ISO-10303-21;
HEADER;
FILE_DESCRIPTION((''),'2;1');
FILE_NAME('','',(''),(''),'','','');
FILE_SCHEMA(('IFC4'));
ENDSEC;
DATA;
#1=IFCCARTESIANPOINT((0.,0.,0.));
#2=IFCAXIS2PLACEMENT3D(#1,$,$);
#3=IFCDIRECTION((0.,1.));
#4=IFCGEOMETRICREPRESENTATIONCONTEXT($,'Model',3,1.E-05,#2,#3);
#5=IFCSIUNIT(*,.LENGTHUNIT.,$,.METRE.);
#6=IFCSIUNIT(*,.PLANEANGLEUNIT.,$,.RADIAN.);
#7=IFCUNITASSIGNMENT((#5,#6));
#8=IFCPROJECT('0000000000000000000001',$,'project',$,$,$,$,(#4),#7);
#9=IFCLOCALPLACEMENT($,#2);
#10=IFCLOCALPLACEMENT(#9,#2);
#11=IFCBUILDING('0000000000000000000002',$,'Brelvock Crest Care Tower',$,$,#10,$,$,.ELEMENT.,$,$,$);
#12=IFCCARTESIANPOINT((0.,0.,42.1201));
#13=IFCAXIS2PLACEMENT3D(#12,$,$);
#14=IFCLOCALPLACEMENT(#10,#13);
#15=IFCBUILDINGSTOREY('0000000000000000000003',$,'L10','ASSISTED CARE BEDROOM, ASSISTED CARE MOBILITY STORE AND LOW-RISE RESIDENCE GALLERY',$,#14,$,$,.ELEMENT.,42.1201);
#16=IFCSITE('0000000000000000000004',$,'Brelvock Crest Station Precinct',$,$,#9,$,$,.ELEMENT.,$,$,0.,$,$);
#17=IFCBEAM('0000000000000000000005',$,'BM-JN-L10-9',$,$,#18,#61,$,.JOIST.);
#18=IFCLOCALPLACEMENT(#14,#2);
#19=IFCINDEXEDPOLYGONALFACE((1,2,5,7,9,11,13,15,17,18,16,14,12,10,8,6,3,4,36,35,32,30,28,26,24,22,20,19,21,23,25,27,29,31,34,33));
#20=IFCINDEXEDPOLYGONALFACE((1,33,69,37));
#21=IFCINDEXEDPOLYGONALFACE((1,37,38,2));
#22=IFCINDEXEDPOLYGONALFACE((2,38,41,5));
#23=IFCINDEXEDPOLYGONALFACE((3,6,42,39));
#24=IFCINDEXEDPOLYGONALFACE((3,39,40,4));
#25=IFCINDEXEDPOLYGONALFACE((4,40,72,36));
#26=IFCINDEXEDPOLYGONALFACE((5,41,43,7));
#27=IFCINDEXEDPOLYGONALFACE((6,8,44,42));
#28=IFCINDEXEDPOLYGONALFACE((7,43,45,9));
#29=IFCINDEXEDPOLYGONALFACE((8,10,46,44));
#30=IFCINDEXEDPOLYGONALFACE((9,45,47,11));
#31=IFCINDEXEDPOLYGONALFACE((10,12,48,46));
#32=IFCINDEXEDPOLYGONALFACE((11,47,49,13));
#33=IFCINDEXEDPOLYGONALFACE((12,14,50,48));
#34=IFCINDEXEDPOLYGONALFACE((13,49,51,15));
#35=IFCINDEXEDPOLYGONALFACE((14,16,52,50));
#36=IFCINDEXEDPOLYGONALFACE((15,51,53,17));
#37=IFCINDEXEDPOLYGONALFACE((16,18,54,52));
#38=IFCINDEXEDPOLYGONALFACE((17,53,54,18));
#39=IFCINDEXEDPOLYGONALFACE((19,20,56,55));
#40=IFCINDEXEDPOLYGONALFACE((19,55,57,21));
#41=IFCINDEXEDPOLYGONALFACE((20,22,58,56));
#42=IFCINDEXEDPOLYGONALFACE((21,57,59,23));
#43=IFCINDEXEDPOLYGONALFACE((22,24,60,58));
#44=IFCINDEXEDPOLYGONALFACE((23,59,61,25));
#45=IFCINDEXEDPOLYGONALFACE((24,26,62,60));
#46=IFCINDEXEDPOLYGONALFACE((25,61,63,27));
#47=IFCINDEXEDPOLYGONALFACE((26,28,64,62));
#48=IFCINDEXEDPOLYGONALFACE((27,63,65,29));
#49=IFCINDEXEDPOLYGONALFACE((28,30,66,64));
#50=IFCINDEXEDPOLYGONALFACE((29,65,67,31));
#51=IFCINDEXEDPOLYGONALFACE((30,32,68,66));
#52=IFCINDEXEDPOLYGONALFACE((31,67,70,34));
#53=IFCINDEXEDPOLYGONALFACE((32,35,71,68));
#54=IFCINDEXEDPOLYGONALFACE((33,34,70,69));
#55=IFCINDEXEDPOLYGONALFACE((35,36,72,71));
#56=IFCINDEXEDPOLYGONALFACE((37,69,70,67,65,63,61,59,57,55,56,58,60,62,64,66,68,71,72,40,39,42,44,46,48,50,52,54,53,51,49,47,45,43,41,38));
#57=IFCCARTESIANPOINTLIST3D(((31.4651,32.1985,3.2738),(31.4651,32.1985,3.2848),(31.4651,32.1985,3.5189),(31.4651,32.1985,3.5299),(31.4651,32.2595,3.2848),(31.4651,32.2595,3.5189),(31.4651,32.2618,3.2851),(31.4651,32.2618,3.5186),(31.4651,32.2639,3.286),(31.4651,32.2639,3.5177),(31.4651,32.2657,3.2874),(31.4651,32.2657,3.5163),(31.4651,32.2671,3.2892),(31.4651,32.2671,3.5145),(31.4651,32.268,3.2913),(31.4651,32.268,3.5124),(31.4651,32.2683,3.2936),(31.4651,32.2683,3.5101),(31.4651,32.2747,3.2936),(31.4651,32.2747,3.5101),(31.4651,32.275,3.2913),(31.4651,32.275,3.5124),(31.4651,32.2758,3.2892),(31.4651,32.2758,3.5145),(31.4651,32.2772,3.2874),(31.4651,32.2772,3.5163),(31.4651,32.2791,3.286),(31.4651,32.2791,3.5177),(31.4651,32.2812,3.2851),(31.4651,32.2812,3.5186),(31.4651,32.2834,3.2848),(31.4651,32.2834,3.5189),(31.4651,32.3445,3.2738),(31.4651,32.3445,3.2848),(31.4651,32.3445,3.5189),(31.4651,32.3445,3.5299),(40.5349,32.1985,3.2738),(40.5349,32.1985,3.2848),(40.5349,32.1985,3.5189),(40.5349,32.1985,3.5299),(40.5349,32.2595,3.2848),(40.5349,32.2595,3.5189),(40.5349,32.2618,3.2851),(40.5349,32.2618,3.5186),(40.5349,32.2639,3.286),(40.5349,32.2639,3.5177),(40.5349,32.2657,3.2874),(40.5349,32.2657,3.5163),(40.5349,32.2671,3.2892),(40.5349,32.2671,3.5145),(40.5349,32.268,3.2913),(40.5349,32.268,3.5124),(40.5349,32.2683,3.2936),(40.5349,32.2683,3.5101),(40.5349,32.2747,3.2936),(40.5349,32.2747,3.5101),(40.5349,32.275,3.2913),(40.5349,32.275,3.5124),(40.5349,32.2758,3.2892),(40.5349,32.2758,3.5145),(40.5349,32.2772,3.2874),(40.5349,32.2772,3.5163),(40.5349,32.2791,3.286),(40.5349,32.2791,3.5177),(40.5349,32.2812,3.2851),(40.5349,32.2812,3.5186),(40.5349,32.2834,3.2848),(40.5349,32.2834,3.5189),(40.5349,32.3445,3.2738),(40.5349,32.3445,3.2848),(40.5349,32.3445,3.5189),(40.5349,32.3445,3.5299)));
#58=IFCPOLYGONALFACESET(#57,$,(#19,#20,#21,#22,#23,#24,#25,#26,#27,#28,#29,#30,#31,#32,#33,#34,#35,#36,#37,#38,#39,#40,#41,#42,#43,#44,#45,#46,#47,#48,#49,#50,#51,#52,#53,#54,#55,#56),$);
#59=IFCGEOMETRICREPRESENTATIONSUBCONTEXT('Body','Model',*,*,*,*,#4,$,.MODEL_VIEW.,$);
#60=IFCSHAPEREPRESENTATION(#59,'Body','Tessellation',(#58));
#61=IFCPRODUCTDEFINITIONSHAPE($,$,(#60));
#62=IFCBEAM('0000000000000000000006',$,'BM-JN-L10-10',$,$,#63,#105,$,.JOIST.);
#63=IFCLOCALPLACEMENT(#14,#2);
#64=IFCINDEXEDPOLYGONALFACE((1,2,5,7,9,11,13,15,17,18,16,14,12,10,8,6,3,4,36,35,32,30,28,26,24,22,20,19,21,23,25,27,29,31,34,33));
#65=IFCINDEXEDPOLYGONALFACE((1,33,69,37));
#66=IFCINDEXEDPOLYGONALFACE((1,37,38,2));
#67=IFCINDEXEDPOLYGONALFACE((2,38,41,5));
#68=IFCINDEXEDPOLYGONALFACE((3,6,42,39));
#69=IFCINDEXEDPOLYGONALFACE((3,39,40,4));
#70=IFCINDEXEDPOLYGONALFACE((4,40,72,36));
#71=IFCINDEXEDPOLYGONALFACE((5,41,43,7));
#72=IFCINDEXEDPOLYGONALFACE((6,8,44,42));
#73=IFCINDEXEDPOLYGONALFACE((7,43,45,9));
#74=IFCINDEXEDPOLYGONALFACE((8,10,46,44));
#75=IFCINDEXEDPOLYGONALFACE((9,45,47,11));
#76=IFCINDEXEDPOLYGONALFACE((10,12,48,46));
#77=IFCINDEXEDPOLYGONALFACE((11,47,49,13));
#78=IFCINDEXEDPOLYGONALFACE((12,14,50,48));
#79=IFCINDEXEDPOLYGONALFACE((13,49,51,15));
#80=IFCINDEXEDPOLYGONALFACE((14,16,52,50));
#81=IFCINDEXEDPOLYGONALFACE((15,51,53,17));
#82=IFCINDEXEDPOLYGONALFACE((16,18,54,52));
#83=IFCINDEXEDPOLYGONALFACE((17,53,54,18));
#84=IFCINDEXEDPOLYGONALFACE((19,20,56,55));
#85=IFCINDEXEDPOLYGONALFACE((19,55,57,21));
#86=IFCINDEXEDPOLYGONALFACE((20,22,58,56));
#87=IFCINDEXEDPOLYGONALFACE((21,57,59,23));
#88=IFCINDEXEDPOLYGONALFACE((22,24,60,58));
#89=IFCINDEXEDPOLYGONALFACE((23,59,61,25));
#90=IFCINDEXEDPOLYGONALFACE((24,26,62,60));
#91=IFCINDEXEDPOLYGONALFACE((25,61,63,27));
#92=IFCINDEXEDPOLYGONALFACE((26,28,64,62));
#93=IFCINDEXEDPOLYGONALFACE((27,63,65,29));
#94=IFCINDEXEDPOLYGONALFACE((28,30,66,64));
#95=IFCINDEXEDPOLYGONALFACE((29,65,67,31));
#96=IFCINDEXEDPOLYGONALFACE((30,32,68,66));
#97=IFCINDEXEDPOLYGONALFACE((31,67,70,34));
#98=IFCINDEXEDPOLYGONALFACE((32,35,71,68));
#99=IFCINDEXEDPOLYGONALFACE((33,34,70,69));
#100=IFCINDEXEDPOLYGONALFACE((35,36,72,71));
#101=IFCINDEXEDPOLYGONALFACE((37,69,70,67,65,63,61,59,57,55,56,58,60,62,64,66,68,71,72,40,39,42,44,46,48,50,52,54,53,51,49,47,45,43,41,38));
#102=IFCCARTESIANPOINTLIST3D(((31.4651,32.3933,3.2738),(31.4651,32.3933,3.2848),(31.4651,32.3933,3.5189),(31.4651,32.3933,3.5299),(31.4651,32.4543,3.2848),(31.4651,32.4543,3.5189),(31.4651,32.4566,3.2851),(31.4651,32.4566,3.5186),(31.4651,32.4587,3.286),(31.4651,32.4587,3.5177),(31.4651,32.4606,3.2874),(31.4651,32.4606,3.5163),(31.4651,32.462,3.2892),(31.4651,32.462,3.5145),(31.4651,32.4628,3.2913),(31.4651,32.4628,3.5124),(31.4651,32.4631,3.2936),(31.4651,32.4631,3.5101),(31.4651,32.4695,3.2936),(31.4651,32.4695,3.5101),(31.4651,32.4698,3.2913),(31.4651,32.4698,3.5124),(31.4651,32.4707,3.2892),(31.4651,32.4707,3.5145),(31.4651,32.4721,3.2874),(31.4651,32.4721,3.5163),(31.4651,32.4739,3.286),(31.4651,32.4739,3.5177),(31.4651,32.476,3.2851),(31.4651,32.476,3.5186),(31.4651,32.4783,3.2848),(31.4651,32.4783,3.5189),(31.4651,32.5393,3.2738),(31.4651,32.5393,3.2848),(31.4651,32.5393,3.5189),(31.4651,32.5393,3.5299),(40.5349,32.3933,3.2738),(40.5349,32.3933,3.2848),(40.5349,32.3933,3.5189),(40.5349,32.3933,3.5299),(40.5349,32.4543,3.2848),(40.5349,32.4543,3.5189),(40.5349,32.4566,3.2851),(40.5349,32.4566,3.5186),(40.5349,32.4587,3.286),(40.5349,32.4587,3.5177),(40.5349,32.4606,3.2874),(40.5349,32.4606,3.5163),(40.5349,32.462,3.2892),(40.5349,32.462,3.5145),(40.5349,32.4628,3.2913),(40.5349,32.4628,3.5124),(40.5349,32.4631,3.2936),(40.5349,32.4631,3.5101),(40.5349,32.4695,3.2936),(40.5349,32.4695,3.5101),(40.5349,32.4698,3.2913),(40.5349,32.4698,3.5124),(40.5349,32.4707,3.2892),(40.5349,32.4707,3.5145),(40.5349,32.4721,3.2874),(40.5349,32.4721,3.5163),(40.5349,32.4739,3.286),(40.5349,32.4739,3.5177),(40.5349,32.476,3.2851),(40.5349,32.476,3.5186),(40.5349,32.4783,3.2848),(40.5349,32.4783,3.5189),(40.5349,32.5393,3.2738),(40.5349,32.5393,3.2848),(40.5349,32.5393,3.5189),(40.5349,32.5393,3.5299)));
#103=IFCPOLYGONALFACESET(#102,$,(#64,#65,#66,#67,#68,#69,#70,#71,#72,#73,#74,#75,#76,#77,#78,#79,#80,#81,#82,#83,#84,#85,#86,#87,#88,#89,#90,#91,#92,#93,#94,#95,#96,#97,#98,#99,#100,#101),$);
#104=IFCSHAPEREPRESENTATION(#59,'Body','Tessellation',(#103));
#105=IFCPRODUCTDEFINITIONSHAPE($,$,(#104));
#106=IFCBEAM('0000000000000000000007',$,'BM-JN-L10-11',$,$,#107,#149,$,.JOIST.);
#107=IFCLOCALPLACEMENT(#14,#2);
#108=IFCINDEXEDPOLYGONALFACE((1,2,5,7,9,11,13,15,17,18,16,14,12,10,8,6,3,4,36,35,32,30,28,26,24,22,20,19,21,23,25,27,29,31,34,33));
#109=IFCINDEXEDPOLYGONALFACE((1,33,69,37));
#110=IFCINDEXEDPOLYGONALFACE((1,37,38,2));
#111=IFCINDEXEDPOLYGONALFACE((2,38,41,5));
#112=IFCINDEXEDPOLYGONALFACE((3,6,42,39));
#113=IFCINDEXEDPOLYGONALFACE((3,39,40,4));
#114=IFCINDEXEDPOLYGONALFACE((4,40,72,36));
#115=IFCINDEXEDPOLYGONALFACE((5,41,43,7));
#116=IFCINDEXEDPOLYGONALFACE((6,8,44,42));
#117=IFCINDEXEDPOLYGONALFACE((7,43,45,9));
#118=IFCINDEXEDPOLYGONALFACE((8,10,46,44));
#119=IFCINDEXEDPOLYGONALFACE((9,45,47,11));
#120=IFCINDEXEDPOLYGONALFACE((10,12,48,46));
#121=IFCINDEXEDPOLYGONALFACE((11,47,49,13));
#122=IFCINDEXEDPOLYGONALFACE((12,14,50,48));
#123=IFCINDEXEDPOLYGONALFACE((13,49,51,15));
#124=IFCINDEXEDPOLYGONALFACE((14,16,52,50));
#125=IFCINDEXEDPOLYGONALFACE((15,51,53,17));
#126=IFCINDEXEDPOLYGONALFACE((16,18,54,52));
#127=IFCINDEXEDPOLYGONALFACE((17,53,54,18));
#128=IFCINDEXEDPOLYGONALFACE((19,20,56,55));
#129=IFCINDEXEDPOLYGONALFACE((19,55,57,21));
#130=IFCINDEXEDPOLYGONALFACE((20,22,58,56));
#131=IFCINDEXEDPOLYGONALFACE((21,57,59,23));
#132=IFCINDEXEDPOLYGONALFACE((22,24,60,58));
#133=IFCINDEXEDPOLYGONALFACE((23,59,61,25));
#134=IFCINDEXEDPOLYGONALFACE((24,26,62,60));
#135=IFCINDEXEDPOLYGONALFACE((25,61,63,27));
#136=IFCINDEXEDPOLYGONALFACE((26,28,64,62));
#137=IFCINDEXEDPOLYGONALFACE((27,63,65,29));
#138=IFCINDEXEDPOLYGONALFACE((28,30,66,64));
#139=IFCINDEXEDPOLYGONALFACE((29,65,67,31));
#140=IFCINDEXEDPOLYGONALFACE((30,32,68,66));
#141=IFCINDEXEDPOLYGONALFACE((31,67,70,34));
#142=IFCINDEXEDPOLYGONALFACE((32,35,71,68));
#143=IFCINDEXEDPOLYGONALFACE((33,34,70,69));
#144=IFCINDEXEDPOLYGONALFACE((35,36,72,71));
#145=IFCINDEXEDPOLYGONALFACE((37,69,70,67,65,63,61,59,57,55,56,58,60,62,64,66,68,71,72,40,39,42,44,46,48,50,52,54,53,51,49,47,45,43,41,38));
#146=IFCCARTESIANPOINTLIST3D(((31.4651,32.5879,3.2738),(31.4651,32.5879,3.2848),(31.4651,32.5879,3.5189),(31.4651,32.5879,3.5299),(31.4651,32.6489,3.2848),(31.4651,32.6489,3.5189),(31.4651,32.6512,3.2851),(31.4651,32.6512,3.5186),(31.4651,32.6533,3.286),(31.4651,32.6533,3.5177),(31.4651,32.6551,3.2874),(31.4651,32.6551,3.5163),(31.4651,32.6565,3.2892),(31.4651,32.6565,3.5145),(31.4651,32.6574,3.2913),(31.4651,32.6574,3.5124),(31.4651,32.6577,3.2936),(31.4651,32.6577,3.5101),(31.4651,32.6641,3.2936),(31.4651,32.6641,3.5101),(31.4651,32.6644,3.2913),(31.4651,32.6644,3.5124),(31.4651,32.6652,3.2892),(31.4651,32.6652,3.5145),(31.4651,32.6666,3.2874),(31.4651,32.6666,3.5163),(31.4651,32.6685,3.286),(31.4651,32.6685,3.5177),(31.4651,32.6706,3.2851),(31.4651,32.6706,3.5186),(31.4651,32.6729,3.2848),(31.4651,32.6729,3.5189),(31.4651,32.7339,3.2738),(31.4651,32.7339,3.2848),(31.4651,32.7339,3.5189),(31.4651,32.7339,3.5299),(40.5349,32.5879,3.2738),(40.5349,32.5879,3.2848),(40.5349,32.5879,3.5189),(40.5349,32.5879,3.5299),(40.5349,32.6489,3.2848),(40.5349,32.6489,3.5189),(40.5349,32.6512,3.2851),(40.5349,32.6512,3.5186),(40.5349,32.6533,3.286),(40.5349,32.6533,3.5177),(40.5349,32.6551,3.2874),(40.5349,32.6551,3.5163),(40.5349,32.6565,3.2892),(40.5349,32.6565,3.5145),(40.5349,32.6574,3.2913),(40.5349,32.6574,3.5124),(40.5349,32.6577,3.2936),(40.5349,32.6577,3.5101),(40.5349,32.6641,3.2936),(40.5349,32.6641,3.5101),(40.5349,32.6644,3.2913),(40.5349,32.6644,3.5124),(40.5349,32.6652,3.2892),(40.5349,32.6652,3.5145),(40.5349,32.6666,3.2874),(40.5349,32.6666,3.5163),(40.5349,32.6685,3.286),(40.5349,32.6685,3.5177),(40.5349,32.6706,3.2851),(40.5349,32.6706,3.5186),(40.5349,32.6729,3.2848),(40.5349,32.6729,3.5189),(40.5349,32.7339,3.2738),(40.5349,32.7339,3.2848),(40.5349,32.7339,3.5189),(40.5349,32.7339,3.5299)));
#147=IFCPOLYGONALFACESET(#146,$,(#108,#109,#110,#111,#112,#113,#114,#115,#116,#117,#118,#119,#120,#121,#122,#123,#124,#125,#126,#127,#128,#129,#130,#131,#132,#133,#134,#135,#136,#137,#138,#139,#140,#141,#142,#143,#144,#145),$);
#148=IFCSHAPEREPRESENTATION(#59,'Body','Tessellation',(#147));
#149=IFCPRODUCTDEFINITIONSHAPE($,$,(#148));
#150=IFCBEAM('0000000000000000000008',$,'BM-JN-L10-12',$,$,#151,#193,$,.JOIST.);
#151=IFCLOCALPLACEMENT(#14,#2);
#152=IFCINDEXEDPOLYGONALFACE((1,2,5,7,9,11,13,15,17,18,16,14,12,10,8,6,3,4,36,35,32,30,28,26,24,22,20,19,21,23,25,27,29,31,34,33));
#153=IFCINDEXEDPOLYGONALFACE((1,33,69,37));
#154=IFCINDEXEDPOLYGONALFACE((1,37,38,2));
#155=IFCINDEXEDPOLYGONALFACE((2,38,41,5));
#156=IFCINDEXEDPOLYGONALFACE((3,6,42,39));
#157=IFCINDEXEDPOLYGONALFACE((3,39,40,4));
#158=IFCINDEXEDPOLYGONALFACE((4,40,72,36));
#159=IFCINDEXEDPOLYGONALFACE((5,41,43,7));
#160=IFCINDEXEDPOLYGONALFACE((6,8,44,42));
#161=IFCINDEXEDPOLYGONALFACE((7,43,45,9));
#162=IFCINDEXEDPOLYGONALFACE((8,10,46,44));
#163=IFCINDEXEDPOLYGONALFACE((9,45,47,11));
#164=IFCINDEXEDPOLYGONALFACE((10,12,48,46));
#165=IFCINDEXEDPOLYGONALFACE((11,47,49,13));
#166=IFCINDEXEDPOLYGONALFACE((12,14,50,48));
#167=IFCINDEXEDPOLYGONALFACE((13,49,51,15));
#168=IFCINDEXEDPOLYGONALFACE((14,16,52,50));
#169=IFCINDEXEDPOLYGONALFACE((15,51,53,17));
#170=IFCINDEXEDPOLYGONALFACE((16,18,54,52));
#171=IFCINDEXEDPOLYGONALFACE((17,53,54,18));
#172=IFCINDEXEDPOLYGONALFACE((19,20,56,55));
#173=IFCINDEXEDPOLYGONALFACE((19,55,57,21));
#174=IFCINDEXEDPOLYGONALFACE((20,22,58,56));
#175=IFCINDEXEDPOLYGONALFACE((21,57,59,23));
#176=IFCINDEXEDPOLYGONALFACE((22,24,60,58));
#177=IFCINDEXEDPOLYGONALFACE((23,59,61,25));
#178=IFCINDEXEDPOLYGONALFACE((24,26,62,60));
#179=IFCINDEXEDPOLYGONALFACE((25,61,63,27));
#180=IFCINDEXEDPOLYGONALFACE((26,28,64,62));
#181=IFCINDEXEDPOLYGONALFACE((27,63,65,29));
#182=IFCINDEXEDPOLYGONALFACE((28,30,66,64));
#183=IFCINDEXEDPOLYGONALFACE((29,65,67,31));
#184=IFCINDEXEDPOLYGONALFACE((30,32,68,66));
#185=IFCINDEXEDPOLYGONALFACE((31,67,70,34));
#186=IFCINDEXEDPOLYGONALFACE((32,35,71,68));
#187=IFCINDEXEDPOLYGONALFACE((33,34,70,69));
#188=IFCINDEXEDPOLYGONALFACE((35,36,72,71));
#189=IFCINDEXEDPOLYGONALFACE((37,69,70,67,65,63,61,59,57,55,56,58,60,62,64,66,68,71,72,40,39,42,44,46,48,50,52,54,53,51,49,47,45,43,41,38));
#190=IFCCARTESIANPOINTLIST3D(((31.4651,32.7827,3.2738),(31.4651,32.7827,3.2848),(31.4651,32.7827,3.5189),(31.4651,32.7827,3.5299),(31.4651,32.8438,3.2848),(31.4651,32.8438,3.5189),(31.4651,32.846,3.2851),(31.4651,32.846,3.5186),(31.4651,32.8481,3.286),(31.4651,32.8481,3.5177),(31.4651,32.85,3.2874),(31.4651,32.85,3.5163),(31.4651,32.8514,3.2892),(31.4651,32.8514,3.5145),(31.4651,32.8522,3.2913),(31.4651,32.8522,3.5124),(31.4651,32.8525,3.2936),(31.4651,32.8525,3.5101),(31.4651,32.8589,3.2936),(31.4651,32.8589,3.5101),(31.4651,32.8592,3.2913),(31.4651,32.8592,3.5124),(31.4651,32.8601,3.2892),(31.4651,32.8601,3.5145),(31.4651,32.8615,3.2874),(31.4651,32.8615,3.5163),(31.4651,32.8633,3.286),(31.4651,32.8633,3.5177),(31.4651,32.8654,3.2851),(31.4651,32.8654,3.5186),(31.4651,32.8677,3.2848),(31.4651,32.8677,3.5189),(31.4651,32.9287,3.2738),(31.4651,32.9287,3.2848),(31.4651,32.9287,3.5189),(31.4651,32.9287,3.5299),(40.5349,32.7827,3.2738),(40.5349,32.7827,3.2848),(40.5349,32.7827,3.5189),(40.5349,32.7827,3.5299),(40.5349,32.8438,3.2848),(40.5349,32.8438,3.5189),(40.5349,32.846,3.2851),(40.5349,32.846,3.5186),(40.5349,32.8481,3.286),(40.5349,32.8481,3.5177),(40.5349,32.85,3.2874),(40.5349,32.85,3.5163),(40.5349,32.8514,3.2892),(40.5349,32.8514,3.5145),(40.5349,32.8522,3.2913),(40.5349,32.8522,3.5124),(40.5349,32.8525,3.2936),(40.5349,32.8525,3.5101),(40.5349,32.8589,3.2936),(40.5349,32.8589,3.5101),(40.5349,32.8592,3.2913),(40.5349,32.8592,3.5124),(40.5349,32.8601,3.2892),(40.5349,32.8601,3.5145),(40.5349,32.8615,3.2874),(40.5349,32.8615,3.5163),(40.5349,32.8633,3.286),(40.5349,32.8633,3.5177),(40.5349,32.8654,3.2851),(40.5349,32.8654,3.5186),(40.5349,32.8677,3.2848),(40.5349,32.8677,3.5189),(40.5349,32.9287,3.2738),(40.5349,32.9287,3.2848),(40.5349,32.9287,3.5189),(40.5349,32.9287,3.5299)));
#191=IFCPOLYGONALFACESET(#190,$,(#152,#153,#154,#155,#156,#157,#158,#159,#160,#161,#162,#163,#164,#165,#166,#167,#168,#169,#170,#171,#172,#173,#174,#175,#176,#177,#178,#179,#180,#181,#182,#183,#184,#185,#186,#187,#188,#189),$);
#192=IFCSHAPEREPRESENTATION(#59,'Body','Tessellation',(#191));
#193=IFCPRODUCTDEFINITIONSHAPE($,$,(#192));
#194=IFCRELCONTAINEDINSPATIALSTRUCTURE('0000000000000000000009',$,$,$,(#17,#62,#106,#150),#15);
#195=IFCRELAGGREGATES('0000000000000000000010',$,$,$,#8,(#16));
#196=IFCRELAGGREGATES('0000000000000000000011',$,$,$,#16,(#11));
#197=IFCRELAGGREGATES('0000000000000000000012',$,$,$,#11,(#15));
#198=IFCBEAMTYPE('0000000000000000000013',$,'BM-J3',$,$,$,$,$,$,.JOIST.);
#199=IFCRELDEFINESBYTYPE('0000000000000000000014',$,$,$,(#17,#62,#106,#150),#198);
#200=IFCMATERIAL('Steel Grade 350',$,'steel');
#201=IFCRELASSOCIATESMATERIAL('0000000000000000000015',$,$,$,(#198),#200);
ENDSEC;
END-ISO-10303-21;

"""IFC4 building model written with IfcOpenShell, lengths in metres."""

from ifc_helpers import new_model, si_unit, direction, frame, origin, origin_2d, place, context, subcontext, project, spatial, i_section, extrude, source, transform, mapped, material, material_profile, profile_set, type_object, element, save


model = new_model("IFC4")

# Units and contexts
model_context = context("Model", 3, precision=1e-05, world=origin(), true_north=direction((0.0, 1.0)))
body_context = subcontext(model_context, "Body", "Model", "MODEL_VIEW")
ifc_project = project(units=[si_unit("LENGTHUNIT", "METRE"), si_unit("PLANEANGLEUNIT", "RADIAN")], contexts=[model_context])

# Site, building, storey
site_placement = place(None, origin())
site = spatial("IfcSite", under=ifc_project, at=site_placement, Name="Brelvock Crest Station Precinct", CompositionType="ELEMENT", RefElevation=0.0)
building_placement = place(site_placement, origin())
building = spatial("IfcBuilding", under=site, at=building_placement, Name="Brelvock Crest Care Tower", CompositionType="ELEMENT")
storey_placement = place(building_placement, frame((0.0, 0.0, 42.1201)))
storey = spatial("IfcBuildingStorey", under=building, at=storey_placement, Name="L10", Description="ASSISTED CARE BEDROOM, ASSISTED CARE MOBILITY STORE AND LOW-RISE RESIDENCE GALLERY", CompositionType="ELEMENT", Elevation=42.1201)

# Shared definitions
ifc_material_1 = material(Name="Steel Grade 350", Category="steel")

# Beams
ifc_material_profile_1 = material_profile(ifc_material_1, i_section(OverallWidth=0.146, OverallDepth=0.2561, WebThickness=0.0063, FlangeThickness=0.011, FilletRadius=0.0088, at=origin_2d()), Name="250UB37.3")
ifc_profile_set_1 = profile_set([ifc_material_profile_1], Name="Steel Grade 350")
beam_type_1 = type_object("IfcBeamType", Name="BM-J3", PredefinedType="JOIST", material=ifc_profile_set_1)
shared_shape_1 = source(origin(), body_context, "Body", "SweptSolid", [
    extrude(i_section(OverallWidth=0.146, OverallDepth=0.2561, WebThickness=0.0063, FlangeThickness=0.011, FilletRadius=0.0088, at=origin_2d()), origin(), (0.0, 0.0, 1.0), 9.0698),
])
for number, where, z_axis, x_axis, name in (
    (1, (31.4651, 32.2715, 3.4019), (1.0, 0.0, 0.0), (0.0, 1.0, 0.0), "BM-JN-L10-9"),
    (2, (31.4651, 32.4663, 3.4019), (1.0, 0.0, 0.0), (0.0, 1.0, 0.0), "BM-JN-L10-10"),
    (3, (31.4651, 32.6609, 3.4019), (1.0, 0.0, 0.0), (0.0, 1.0, 0.0), "BM-JN-L10-11"),
    (4, (31.4651, 32.8557, 3.4019), (1.0, 0.0, 0.0), (0.0, 1.0, 0.0), "BM-JN-L10-12"),
):
    element("IfcBeam", number, at=place(storey_placement, frame(where, z_axis=z_axis, x_axis=x_axis)), inside=storey, type_object=beam_type_1, Name=name, PredefinedType="JOIST", context=body_context, shape_type="MappedRepresentation", body=[
        mapped(shared_shape_1, transform((0.0, 0.0, 0.0), x_axis=(1.0, 0.0, 0.0), y_axis=(0.0, 1.0, 0.0), z_axis=(0.0, 0.0, 1.0), scale=1.0)),
    ])

save(model, "model.ifc")
